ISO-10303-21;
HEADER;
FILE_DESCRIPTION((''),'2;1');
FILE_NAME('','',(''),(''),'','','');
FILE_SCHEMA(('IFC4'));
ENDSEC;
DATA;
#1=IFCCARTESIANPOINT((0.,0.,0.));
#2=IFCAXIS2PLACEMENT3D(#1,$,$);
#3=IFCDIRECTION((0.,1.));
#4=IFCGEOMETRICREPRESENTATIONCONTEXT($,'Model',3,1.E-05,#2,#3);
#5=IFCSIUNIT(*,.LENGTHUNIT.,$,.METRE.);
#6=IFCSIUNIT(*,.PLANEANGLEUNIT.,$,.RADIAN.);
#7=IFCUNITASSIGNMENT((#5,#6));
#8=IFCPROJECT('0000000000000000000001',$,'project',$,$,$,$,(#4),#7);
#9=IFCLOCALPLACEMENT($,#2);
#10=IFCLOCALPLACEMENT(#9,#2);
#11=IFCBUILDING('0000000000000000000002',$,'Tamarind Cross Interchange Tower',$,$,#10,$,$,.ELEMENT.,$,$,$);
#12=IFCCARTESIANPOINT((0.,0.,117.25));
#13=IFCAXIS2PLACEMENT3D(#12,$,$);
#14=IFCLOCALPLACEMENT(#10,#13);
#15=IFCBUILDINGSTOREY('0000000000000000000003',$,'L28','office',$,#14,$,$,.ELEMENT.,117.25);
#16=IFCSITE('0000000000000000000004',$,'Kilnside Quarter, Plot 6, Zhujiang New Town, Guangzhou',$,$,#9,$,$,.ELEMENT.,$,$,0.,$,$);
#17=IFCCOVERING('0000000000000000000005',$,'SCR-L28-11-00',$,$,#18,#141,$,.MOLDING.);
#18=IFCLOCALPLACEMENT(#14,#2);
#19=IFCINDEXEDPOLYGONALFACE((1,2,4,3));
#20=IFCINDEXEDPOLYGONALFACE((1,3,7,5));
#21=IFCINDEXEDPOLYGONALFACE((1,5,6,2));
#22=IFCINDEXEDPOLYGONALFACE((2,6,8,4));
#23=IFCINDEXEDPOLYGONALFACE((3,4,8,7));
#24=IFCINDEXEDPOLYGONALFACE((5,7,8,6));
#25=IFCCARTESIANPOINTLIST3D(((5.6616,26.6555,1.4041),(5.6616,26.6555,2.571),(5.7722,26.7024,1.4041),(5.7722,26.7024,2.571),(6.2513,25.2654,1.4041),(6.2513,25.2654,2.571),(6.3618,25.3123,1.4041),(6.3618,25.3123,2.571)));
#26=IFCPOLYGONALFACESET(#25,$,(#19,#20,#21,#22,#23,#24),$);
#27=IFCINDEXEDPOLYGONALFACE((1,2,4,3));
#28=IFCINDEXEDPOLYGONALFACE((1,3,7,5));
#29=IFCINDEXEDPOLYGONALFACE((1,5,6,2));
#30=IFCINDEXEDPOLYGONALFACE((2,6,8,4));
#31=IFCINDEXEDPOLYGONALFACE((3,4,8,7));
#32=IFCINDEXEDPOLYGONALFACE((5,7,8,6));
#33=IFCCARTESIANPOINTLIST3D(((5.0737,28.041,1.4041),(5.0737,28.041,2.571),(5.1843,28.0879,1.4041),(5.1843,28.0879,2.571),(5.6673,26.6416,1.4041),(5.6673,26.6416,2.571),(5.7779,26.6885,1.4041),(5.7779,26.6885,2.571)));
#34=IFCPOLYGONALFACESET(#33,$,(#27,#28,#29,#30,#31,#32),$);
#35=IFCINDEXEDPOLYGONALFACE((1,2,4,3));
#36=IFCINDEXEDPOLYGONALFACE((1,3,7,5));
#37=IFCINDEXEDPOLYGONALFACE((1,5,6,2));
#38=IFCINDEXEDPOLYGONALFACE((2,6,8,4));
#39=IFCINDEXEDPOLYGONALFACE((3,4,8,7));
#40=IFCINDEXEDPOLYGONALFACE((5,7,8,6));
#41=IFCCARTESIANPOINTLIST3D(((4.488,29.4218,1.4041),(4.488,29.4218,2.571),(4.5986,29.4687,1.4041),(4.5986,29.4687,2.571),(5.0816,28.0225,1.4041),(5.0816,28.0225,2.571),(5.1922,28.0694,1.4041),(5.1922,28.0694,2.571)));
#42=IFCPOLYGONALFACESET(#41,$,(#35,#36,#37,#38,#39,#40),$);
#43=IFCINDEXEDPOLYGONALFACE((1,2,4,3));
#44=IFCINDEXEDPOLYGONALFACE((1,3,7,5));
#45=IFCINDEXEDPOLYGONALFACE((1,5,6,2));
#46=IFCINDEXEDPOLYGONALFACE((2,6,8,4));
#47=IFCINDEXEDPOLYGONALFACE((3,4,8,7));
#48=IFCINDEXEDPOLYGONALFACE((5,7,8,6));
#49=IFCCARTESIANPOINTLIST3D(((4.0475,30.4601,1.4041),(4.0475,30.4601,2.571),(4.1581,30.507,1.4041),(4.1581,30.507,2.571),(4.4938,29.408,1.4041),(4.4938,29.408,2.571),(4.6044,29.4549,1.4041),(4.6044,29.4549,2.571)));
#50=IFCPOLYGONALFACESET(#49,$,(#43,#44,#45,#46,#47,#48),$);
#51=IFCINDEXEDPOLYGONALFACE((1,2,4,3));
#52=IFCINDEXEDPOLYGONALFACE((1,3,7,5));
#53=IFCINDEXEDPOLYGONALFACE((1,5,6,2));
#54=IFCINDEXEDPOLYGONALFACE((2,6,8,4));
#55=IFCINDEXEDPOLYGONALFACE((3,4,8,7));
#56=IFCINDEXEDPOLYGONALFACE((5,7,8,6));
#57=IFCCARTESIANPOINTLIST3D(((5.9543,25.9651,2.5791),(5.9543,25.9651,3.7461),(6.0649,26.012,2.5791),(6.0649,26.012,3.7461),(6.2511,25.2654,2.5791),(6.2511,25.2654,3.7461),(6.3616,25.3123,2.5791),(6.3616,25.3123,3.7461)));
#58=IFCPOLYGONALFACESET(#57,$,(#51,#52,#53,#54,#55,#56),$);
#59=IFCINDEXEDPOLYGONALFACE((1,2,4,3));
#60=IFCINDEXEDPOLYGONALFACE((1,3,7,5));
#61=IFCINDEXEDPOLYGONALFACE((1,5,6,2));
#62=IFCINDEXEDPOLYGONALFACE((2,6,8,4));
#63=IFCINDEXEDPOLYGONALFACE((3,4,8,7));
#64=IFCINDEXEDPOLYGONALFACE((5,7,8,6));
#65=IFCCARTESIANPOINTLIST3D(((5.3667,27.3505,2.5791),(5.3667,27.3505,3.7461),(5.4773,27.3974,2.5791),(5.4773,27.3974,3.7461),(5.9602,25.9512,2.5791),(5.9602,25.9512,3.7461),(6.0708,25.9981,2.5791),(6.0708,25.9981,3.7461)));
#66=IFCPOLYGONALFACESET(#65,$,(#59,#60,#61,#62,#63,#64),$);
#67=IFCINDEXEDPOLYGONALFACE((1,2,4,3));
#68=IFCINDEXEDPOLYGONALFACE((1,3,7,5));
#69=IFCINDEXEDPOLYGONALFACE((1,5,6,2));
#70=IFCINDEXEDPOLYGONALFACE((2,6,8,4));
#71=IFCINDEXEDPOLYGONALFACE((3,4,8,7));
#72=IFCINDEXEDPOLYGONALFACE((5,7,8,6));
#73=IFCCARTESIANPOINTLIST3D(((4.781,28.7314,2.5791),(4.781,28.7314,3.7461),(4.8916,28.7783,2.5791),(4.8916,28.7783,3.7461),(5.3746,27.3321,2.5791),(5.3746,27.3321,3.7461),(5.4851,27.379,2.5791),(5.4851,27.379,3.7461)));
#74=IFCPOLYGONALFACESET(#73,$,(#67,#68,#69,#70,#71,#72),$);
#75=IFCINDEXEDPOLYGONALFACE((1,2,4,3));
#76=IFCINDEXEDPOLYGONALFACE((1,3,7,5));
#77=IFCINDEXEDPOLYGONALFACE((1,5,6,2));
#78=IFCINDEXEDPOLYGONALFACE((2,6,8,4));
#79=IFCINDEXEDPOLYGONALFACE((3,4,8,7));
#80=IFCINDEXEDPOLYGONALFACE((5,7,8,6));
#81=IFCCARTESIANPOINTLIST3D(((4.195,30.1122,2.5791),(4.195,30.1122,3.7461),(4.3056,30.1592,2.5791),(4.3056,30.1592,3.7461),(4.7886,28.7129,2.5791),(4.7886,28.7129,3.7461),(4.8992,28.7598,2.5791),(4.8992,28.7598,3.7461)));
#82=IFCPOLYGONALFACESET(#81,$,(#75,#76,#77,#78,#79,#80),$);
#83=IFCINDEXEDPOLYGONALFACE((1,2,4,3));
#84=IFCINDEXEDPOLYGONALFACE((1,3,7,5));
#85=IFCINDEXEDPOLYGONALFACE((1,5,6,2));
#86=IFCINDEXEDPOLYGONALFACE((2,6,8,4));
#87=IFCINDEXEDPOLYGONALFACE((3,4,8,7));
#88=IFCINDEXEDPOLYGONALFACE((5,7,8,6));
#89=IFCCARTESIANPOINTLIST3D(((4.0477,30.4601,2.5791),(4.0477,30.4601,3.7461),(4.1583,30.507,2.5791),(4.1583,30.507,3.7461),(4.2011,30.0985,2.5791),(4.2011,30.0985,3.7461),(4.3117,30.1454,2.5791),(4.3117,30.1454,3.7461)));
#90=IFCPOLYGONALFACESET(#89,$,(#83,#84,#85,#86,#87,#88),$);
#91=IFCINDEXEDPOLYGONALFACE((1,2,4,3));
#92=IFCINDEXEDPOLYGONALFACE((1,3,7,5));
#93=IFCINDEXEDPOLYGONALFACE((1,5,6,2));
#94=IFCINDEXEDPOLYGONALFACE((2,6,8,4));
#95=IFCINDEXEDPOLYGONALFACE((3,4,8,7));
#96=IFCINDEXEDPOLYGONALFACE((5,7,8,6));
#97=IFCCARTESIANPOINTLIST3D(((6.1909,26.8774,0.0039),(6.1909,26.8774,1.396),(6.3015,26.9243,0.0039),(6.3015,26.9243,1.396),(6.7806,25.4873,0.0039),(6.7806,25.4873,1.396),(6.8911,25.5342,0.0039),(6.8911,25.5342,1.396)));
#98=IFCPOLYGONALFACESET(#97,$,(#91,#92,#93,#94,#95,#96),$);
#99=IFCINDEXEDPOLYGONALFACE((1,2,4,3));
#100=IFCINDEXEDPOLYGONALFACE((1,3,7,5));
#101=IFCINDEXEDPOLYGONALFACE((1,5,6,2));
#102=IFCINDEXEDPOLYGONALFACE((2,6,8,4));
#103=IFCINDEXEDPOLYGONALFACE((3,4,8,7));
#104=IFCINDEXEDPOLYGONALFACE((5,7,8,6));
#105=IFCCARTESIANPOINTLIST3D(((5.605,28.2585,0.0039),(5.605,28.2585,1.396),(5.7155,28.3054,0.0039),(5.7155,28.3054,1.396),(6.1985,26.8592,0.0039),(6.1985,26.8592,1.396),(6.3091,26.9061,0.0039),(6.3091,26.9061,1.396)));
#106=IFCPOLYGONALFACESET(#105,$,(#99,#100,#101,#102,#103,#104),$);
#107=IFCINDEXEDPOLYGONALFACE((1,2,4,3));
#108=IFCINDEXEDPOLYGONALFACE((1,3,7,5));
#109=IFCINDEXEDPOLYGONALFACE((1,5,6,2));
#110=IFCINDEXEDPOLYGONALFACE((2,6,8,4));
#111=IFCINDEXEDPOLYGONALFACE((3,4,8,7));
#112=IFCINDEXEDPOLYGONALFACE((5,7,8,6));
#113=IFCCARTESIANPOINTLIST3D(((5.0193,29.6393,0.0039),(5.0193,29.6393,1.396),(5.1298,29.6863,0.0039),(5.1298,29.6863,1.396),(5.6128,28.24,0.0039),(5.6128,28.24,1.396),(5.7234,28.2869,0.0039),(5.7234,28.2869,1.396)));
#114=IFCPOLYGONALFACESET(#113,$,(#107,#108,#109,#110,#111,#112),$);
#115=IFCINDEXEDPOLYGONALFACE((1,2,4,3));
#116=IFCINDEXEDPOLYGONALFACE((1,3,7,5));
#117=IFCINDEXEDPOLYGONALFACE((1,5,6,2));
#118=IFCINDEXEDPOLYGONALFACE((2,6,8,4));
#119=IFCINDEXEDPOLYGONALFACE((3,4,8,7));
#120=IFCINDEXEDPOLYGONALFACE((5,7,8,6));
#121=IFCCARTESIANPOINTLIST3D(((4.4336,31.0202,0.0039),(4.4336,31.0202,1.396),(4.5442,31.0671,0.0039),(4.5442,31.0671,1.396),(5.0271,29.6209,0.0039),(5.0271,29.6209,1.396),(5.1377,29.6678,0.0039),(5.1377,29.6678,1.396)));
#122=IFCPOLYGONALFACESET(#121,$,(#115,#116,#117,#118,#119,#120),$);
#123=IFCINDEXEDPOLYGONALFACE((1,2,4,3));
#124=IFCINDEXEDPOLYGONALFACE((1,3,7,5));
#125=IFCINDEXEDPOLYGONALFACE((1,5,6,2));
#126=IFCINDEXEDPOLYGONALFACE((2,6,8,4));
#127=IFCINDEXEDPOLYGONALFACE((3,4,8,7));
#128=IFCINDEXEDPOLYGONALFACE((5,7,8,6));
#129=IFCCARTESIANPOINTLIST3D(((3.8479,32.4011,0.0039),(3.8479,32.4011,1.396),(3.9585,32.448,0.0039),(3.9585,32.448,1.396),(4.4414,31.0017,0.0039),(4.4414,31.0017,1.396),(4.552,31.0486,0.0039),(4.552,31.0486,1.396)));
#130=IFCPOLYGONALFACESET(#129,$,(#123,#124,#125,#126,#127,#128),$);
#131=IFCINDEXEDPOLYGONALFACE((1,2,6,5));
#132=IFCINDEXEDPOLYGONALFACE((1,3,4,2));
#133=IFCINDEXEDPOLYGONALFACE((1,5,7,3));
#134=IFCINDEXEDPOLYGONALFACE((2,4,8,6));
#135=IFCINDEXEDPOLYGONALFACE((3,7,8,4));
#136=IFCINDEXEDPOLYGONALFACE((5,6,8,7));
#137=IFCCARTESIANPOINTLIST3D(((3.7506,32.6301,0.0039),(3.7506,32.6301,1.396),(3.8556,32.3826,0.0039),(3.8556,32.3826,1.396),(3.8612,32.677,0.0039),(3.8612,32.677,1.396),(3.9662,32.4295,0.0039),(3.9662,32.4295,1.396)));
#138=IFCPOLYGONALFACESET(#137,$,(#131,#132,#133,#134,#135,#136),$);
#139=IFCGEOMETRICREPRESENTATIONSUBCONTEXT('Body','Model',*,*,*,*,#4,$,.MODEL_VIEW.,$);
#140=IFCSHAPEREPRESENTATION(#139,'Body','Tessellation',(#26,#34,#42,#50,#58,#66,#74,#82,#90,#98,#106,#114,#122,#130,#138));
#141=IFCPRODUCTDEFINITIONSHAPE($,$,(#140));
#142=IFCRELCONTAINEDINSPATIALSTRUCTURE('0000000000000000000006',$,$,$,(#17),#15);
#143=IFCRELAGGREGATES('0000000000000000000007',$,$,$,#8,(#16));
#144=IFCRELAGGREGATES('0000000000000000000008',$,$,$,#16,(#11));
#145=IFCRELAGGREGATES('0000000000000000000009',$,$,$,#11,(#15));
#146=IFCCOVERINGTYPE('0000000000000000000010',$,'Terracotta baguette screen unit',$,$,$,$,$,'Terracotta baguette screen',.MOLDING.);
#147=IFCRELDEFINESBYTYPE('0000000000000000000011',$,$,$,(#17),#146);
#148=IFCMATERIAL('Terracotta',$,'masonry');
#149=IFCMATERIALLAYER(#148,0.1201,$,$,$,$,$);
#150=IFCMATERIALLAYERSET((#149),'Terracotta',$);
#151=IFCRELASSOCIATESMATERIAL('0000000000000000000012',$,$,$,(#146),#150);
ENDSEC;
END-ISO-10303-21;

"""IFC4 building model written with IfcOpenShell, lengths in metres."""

from ifc_helpers import new_model, si_unit, direction, frame, origin, origin_2d, place, context, subcontext, project, spatial, rectangle, extrude, material, layer, layer_set, type_object, element, save


model = new_model("IFC4")

# Units and contexts
model_context = context("Model", 3, precision=1e-05, world=origin(), true_north=direction((0.0, 1.0)))
body_context = subcontext(model_context, "Body", "Model", "MODEL_VIEW")
ifc_project = project(units=[si_unit("LENGTHUNIT", "METRE"), si_unit("PLANEANGLEUNIT", "RADIAN")], contexts=[model_context])

# Site, building, storey
site_placement = place(None, origin())
site = spatial("IfcSite", under=ifc_project, at=site_placement, Name="Kilnside Quarter, Plot 6, Zhujiang New Town, Guangzhou", CompositionType="ELEMENT", RefElevation=0.0)
building_placement = place(site_placement, origin())
building = spatial("IfcBuilding", under=site, at=building_placement, Name="Tamarind Cross Interchange Tower", CompositionType="ELEMENT")
storey_placement = place(building_placement, frame((0.0, 0.0, 117.25)))
storey = spatial("IfcBuildingStorey", under=building, at=storey_placement, Name="L28", Description="office", CompositionType="ELEMENT", Elevation=117.25)

# Covering
ifc_material_1 = material(Name="Terracotta", Category="masonry")
ifc_layer_1 = layer(ifc_material_1, 0.1201)
ifc_layer_set_1 = layer_set([ifc_layer_1], Name="Terracotta")
covering_type = type_object("IfcCoveringType", Name="Terracotta baguette screen unit", ElementType="Terracotta baguette screen", PredefinedType="MOLDING", material=ifc_layer_set_1)
covering_1_placement = place(storey_placement, origin())
element("IfcCovering", 1, at=covering_1_placement, inside=storey, type_object=covering_type, Name="SCR-L28-11-00", PredefinedType="MOLDING", context=body_context, shape_type="SweptSolid", body=[
    extrude(rectangle(XDim=1.51, YDim=0.1201, at=origin_2d()), frame((6.0117, 25.9839, 1.4041), z_axis=(0.0, 0.0, 1.0), x_axis=(-0.3905, 0.920603, 0.0)), (0.0, 0.0, 1.0), 1.167),
    extrude(rectangle(XDim=1.52, YDim=0.1201, at=origin_2d()), frame((5.4258, 27.3647, 1.4041), z_axis=(0.0, 0.0, 1.0), x_axis=(-0.3905, 0.920603, 0.0)), (0.0, 0.0, 1.0), 1.167),
    extrude(rectangle(XDim=1.52, YDim=0.1201, at=origin_2d()), frame((4.8401, 28.7456, 1.4041), z_axis=(0.0, 0.0, 1.0), x_axis=(-0.3905, 0.920603, 0.0)), (0.0, 0.0, 1.0), 1.167),
    extrude(rectangle(XDim=1.1428, YDim=0.1201, at=origin_2d()), frame((4.3259, 29.9575, 1.4041), z_axis=(0.0, 0.0, 1.0), x_axis=(-0.3905, 0.920603, 0.0)), (0.0, 0.0, 1.0), 1.167),
    extrude(rectangle(XDim=0.76, YDim=0.1201, at=origin_2d()), frame((6.158, 25.6387, 2.5791), z_axis=(0.0, 0.0, 1.0), x_axis=(-0.3905, 0.920603, 0.0)), (0.0, 0.0, 1.0), 1.167),
    extrude(rectangle(XDim=1.52, YDim=0.1201, at=origin_2d()), frame((5.7188, 26.6743, 2.5791), z_axis=(0.0, 0.0, 1.0), x_axis=(-0.3905, 0.920603, 0.0)), (0.0, 0.0, 1.0), 1.167),
    extrude(rectangle(XDim=1.52, YDim=0.1201, at=origin_2d()), frame((5.1331, 28.0552, 2.5791), z_axis=(0.0, 0.0, 1.0), x_axis=(-0.3905, 0.920603, 0.0)), (0.0, 0.0, 1.0), 1.167),
    extrude(rectangle(XDim=1.52, YDim=0.1201, at=origin_2d()), frame((4.5471, 29.436, 2.5791), z_axis=(0.0, 0.0, 1.0), x_axis=(-0.3905, 0.920603, 0.0)), (0.0, 0.0, 1.0), 1.167),
    extrude(rectangle(XDim=0.3928, YDim=0.1201, at=origin_2d()), frame((4.1797, 30.3027, 2.5791), z_axis=(0.0, 0.0, 1.0), x_axis=(-0.3905, 0.920603, 0.0)), (0.0, 0.0, 1.0), 1.167),
    extrude(rectangle(XDim=1.51, YDim=0.1201, at=origin_2d()), frame((6.541, 26.2058, 0.0039), z_axis=(0.0, 0.0, 1.0), x_axis=(-0.3905, 0.920603, 0.0)), (0.0, 0.0, 1.0), 1.3921),
    extrude(rectangle(XDim=1.52, YDim=0.1201, at=origin_2d()), frame((5.957, 27.5823, 0.0039), z_axis=(0.0, 0.0, 1.0), x_axis=(-0.3905, 0.920603, 0.0)), (0.0, 0.0, 1.0), 1.3921),
    extrude(rectangle(XDim=1.52, YDim=0.1201, at=origin_2d()), frame((5.3713, 28.9631, 0.0039), z_axis=(0.0, 0.0, 1.0), x_axis=(-0.3905, 0.920603, 0.0)), (0.0, 0.0, 1.0), 1.3921),
    extrude(rectangle(XDim=1.52, YDim=0.1201, at=origin_2d()), frame((4.7856, 30.344, 0.0039), z_axis=(0.0, 0.0, 1.0), x_axis=(-0.3905, 0.920603, 0.0)), (0.0, 0.0, 1.0), 1.3921),
    extrude(rectangle(XDim=1.52, YDim=0.1201, at=origin_2d()), frame((4.2, 31.7249, 0.0039), z_axis=(0.0, 0.0, 1.0), x_axis=(-0.3905, 0.920603, 0.0)), (0.0, 0.0, 1.0), 1.3921),
    extrude(rectangle(XDim=0.2688, YDim=0.1201, at=origin_2d()), frame((3.8584, 32.5298, 0.0039), z_axis=(0.0, 0.0, 1.0), x_axis=(-0.3905, 0.920603, 0.0)), (0.0, 0.0, 1.0), 1.3921),
])

save(model, "model.ifc")
